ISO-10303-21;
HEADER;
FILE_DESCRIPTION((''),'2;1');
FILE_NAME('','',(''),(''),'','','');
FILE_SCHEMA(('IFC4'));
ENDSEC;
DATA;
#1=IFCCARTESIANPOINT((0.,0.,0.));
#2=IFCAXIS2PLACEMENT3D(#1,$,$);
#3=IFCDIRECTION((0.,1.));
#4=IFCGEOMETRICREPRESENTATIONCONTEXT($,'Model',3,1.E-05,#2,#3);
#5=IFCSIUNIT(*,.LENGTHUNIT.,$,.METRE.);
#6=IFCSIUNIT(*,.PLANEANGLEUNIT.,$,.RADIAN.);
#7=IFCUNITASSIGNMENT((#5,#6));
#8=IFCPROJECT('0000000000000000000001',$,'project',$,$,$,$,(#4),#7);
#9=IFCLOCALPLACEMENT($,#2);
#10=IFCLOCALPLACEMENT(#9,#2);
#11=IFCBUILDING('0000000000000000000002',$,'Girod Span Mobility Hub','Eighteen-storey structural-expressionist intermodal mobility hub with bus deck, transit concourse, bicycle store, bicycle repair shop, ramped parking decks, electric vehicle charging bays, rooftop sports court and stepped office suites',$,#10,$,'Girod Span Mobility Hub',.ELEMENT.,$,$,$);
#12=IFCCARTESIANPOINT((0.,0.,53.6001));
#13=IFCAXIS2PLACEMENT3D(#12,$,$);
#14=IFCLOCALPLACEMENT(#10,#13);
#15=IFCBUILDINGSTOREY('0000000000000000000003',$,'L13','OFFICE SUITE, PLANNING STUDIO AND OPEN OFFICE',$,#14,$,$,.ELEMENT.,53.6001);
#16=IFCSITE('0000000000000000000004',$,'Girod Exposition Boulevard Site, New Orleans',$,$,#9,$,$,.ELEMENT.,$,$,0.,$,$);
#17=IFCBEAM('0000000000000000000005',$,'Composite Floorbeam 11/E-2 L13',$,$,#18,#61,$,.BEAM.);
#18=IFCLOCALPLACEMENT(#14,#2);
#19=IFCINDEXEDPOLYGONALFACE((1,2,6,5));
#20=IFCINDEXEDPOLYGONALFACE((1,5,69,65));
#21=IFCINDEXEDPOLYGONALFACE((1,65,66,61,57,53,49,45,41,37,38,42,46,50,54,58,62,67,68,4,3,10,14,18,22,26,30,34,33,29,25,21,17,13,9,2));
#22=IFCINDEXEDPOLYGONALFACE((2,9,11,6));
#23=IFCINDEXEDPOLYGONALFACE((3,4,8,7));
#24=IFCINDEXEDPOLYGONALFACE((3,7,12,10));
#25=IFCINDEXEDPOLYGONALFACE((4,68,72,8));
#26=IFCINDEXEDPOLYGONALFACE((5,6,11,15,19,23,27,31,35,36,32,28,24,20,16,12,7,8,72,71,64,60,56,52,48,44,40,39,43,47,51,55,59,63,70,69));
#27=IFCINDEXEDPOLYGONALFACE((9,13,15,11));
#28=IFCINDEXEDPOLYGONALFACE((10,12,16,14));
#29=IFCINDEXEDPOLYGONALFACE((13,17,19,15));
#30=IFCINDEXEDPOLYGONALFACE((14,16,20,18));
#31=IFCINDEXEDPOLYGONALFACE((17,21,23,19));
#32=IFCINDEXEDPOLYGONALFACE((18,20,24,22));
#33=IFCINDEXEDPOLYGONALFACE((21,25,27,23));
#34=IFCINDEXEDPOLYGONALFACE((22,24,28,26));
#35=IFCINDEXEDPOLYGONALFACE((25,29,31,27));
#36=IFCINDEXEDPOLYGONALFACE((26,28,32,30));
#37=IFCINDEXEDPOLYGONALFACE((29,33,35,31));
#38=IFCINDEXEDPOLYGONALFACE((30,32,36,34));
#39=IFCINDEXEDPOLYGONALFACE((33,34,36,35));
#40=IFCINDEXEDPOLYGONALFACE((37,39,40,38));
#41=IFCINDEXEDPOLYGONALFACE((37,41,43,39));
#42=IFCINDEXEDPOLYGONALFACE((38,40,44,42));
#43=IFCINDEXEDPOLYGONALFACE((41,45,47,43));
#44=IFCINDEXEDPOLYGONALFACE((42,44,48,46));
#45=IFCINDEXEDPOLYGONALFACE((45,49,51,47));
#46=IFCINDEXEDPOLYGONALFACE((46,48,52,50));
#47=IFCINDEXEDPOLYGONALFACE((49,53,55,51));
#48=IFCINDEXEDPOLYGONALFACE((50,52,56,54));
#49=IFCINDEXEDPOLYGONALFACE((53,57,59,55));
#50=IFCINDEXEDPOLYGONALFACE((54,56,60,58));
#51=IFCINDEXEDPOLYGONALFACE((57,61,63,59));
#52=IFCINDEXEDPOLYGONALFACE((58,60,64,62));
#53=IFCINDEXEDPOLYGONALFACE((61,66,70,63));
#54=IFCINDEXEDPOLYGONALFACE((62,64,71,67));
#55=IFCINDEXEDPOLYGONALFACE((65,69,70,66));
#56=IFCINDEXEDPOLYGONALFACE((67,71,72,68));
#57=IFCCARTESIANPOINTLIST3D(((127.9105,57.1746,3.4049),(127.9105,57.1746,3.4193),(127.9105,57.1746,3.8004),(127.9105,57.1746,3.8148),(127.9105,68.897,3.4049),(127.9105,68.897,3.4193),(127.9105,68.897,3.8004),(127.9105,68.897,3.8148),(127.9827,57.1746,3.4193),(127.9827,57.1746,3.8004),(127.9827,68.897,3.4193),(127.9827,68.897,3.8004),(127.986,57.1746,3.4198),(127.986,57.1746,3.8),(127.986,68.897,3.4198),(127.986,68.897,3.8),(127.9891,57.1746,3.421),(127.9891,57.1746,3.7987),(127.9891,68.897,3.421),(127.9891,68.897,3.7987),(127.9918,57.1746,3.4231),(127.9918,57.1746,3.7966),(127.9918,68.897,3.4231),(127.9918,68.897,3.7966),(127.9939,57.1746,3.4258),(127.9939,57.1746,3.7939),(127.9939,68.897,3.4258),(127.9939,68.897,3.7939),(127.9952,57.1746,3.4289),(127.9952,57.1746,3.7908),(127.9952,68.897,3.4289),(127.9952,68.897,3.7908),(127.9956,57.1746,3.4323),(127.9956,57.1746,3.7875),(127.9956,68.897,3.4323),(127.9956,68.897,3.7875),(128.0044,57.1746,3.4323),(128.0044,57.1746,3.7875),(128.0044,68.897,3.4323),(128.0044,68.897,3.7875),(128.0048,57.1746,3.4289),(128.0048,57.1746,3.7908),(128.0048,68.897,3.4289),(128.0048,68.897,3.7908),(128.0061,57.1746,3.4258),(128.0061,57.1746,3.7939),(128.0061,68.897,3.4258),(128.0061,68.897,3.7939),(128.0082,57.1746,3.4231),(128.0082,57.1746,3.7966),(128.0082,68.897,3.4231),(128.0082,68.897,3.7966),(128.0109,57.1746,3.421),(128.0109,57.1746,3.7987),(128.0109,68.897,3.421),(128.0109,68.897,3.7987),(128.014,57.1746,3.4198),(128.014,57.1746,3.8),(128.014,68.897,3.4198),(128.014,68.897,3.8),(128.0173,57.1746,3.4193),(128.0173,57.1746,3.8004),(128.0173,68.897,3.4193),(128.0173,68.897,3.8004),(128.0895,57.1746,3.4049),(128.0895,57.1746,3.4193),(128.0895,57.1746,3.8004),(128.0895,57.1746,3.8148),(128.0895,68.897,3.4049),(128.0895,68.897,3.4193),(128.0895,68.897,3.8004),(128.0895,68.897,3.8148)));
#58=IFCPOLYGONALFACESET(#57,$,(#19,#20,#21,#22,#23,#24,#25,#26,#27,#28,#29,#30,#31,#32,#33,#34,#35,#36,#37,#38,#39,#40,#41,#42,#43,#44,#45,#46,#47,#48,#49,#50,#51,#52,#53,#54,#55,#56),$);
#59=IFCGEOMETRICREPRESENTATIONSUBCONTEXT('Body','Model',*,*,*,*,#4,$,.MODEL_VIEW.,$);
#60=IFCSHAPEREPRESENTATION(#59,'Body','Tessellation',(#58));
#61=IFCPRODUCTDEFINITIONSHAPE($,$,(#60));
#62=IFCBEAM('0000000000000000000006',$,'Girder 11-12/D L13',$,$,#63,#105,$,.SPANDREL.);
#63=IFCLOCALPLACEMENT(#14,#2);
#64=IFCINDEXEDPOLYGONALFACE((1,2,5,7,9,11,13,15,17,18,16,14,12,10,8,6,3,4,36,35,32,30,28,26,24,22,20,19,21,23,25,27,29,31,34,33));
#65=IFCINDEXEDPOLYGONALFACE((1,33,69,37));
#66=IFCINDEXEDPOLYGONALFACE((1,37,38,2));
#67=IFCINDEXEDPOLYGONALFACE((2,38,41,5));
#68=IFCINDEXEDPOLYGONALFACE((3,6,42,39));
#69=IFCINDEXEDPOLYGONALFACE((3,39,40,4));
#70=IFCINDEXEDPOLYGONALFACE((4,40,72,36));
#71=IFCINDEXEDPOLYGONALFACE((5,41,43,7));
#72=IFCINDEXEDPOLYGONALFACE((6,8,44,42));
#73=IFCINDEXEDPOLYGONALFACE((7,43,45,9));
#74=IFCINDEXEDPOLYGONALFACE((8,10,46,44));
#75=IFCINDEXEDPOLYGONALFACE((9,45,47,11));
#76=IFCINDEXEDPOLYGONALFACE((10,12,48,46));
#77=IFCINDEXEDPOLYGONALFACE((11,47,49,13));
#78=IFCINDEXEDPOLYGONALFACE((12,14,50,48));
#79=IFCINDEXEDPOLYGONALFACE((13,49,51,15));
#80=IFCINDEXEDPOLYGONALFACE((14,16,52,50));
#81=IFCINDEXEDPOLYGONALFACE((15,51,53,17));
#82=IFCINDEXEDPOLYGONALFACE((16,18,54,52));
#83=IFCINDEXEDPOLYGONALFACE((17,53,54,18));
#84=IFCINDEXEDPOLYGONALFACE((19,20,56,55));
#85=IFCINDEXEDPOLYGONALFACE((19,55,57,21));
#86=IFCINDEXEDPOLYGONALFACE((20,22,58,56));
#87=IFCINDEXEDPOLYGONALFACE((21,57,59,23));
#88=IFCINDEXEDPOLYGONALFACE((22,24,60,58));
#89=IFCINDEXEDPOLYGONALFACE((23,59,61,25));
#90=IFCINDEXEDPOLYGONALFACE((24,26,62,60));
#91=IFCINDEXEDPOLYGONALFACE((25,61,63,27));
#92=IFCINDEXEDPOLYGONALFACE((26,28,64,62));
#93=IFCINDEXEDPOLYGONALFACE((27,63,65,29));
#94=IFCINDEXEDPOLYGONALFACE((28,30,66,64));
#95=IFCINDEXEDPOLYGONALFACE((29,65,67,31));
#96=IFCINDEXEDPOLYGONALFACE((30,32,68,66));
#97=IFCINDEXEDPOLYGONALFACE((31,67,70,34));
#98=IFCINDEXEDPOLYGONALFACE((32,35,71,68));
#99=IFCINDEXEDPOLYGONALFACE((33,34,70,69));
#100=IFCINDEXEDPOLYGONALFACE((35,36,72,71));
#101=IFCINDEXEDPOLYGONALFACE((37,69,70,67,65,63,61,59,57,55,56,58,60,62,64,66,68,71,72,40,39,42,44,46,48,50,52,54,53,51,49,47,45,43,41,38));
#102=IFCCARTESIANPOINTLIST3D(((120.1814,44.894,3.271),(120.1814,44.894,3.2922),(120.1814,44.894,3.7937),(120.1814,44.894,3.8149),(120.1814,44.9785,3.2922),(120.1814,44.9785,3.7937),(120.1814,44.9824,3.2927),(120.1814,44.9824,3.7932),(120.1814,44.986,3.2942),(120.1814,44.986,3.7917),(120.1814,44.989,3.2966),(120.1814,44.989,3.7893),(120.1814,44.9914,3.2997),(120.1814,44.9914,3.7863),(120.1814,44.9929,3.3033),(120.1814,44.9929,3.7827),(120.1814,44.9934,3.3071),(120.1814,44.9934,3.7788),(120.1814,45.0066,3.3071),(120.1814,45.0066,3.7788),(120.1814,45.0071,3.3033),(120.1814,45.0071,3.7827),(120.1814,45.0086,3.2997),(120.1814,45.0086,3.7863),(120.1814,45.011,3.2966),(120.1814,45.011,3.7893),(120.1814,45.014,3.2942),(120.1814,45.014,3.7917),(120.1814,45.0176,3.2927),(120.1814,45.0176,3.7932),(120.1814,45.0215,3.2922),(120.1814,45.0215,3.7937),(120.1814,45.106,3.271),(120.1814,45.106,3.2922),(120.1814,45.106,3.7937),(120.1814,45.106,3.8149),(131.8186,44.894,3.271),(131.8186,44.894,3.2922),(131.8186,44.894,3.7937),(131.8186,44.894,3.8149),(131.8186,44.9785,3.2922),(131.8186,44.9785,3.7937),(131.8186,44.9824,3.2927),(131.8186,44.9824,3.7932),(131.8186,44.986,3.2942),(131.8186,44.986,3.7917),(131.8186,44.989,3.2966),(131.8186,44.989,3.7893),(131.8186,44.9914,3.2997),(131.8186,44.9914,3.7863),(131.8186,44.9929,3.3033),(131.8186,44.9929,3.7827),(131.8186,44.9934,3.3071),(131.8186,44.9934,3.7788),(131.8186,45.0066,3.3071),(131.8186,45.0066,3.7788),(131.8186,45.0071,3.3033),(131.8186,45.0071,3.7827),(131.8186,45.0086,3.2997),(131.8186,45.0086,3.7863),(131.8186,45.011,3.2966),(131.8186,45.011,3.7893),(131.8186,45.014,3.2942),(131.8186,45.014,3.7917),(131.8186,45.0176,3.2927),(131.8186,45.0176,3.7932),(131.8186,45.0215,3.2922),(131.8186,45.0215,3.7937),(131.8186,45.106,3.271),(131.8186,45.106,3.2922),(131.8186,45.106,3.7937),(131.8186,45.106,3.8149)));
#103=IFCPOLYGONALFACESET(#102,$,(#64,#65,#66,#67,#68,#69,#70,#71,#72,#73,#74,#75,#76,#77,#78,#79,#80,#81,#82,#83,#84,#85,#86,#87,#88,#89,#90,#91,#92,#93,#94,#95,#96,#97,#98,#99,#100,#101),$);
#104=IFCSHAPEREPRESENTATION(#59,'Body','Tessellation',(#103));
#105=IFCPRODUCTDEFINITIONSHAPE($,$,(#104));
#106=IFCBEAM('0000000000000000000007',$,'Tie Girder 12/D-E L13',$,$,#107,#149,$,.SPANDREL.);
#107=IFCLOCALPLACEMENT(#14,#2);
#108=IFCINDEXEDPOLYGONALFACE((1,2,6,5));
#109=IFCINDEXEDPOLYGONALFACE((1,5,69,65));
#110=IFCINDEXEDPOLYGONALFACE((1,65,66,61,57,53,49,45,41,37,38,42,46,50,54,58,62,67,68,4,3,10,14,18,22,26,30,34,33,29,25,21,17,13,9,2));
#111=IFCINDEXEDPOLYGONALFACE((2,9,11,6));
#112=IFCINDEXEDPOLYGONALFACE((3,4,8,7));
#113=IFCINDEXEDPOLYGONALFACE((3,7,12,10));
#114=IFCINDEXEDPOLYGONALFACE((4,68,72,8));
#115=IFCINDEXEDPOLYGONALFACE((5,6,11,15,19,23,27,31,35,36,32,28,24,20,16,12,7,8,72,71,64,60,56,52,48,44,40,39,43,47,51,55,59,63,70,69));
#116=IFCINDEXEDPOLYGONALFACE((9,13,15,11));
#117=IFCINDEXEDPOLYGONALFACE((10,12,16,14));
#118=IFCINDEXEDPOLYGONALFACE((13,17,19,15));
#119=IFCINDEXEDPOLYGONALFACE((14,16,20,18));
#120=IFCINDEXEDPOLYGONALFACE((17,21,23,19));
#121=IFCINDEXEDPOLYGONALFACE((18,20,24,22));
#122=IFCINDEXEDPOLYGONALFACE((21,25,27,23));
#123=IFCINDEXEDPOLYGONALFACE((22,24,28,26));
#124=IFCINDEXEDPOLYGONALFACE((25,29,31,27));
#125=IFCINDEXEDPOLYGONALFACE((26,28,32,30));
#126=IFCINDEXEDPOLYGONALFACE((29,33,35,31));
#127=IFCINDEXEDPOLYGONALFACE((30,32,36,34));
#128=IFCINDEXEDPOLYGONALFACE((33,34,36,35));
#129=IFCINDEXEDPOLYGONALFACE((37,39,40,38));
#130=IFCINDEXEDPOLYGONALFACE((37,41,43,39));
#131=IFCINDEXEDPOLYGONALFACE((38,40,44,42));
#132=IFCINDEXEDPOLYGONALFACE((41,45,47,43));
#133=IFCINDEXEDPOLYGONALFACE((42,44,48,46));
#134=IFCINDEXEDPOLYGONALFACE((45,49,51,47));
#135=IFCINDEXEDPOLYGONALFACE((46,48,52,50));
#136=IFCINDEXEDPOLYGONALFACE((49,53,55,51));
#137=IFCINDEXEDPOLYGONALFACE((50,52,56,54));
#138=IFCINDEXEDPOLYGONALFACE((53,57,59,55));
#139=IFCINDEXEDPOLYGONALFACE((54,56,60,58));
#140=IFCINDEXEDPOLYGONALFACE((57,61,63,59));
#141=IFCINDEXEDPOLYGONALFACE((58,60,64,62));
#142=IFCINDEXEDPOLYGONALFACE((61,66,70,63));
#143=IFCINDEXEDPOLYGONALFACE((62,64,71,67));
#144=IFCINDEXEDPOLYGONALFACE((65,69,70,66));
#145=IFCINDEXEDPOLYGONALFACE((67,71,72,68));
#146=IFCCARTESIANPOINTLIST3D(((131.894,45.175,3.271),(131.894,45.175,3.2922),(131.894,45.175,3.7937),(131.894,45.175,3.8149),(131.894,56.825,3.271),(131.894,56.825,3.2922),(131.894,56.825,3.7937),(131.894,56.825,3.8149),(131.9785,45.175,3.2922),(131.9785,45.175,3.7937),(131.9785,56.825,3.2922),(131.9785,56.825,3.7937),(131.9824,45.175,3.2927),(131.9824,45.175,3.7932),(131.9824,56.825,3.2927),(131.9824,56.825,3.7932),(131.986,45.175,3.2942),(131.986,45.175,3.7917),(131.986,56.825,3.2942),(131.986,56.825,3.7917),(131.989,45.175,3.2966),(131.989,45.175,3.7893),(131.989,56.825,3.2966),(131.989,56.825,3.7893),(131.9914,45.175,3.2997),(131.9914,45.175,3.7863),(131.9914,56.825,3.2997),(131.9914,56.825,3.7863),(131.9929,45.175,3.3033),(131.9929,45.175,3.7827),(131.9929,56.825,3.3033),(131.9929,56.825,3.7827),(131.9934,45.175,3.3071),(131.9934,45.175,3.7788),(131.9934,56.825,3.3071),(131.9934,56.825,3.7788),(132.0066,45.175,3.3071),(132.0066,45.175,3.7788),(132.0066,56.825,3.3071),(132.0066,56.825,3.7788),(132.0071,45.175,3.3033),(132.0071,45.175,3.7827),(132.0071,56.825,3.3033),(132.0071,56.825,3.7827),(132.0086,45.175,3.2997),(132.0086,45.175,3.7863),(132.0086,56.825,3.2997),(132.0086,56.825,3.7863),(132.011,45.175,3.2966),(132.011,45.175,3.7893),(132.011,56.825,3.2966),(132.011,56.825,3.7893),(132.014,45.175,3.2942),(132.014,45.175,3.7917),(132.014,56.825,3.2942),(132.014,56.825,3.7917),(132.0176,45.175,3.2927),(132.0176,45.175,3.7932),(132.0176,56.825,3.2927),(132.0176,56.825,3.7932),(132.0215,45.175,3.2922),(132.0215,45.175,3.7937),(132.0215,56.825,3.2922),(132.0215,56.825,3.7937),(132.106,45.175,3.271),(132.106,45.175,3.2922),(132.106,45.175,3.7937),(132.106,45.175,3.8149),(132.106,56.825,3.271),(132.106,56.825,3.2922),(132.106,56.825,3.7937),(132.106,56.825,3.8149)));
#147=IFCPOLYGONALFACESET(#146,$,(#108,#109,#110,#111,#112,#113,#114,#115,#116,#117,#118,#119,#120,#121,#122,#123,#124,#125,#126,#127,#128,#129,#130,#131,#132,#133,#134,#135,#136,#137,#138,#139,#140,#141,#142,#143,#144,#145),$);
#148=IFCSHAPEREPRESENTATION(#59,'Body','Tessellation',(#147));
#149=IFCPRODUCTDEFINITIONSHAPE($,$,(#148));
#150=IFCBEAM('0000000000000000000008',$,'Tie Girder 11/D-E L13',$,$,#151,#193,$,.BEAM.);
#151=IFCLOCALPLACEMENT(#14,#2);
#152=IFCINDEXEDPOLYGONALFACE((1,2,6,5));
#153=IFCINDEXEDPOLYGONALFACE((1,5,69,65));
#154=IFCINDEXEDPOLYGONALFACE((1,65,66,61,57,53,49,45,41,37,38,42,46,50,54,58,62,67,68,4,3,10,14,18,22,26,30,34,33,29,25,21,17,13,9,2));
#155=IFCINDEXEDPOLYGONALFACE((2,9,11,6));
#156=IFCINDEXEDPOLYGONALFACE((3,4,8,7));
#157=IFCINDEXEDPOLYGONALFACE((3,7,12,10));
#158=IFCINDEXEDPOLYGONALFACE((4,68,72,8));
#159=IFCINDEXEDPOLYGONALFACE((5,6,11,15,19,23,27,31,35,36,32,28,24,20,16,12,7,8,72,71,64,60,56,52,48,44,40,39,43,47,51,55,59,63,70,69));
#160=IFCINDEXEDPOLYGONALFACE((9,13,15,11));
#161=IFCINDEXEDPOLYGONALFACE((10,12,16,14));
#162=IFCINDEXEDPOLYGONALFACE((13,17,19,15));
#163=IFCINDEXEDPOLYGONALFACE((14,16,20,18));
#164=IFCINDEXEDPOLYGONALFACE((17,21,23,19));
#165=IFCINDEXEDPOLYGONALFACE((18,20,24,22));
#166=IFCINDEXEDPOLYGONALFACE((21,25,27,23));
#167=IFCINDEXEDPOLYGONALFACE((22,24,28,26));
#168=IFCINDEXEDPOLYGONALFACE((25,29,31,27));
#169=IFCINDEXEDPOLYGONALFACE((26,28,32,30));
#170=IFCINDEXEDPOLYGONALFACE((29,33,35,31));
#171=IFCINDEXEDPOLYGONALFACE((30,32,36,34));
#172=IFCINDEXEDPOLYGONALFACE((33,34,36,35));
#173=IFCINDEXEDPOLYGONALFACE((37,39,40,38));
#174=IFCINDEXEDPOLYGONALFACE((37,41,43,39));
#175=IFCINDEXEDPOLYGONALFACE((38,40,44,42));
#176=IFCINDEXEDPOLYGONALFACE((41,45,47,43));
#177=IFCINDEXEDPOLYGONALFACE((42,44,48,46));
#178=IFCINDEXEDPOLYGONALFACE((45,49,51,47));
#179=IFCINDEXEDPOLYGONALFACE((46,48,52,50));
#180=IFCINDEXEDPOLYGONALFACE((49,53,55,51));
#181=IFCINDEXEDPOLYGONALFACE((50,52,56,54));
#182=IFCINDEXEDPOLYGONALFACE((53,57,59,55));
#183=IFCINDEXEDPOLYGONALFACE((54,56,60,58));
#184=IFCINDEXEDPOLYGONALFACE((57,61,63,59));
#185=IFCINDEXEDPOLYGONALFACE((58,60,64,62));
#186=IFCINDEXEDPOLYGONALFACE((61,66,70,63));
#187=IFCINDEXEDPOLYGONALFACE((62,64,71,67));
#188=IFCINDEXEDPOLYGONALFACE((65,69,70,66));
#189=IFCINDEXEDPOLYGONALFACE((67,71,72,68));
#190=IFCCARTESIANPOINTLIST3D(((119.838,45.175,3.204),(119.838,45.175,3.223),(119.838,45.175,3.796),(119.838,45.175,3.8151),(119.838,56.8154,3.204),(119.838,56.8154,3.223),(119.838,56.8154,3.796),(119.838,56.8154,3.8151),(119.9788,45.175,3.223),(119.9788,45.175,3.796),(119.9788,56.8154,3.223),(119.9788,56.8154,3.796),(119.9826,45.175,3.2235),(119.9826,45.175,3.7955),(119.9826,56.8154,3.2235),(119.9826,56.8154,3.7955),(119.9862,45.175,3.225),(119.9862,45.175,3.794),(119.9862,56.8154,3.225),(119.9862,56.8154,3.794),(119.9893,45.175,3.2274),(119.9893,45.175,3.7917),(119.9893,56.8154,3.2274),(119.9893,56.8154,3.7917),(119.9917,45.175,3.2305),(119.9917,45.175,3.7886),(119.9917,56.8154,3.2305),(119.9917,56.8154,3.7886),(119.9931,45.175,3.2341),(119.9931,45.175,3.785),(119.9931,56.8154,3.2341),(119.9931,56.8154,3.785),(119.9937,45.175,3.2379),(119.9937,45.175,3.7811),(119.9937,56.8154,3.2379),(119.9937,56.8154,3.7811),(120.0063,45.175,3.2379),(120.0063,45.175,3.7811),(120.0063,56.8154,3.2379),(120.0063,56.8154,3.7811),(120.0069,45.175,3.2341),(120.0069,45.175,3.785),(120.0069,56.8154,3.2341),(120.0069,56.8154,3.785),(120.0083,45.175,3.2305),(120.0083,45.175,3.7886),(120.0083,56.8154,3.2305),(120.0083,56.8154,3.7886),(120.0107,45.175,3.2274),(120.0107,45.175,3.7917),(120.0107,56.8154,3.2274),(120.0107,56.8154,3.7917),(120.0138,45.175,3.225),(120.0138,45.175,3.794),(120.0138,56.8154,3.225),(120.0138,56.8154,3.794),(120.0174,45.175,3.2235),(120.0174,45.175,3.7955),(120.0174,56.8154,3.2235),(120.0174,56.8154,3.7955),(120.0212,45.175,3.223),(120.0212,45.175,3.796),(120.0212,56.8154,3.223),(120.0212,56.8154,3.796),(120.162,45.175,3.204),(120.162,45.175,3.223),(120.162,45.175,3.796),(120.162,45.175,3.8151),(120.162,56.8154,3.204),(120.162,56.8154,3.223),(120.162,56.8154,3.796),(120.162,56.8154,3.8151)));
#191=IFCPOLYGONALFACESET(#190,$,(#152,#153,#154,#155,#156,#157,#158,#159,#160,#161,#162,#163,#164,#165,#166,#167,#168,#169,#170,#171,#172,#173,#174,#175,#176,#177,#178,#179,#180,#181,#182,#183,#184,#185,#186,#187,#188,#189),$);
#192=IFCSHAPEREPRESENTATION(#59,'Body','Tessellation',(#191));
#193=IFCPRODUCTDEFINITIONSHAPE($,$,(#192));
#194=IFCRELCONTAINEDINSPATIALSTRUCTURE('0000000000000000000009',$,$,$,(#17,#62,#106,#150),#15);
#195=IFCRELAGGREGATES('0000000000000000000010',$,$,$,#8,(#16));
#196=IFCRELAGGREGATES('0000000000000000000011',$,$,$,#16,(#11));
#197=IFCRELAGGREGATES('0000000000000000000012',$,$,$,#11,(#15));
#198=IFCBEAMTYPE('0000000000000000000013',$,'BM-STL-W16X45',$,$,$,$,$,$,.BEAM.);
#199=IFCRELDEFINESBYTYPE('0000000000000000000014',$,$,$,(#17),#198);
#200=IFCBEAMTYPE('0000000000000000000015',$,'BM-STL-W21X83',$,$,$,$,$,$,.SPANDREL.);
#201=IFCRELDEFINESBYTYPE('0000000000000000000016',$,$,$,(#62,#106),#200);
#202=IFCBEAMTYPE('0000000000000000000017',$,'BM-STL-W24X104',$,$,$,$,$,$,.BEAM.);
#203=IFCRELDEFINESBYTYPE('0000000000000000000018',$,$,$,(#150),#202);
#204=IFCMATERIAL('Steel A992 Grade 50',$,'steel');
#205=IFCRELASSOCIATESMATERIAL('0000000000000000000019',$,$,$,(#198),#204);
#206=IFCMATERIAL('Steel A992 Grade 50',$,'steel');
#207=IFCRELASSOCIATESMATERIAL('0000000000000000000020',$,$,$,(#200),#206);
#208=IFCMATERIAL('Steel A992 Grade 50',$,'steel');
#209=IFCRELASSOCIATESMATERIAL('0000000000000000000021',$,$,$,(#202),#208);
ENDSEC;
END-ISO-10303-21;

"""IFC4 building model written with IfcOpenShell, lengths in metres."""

from ifc_helpers import new_model, si_unit, direction, frame, origin, origin_2d, place, context, subcontext, project, spatial, i_section, extrude, material, material_profile, profile_set, type_object, element, save


model = new_model("IFC4")

# Units and contexts
model_context = context("Model", 3, precision=1e-05, world=origin(), true_north=direction((0.0, 1.0)))
body_context = subcontext(model_context, "Body", "Model", "MODEL_VIEW")
ifc_project = project(units=[si_unit("LENGTHUNIT", "METRE"), si_unit("PLANEANGLEUNIT", "RADIAN")], contexts=[model_context])

# Site, building, storey
site_placement = place(None, origin())
site = spatial("IfcSite", under=ifc_project, at=site_placement, Name="Girod Exposition Boulevard Site, New Orleans", CompositionType="ELEMENT", RefElevation=0.0)
building_placement = place(site_placement, origin())
building = spatial("IfcBuilding", under=site, at=building_placement, Name="Girod Span Mobility Hub", Description="Eighteen-storey structural-expressionist intermodal mobility hub with bus deck, transit concourse, bicycle store, bicycle repair shop, ramped parking decks, electric vehicle charging bays, rooftop sports court and stepped office suites", LongName="Girod Span Mobility Hub", CompositionType="ELEMENT")
storey_placement = place(building_placement, frame((0.0, 0.0, 53.6001)))
storey = spatial("IfcBuildingStorey", under=building, at=storey_placement, Name="L13", Description="OFFICE SUITE, PLANNING STUDIO AND OPEN OFFICE", CompositionType="ELEMENT", Elevation=53.6001)

# Beams
ifc_material_1 = material(Name="Steel A992 Grade 50", Category="steel")
ifc_material_profile_1 = material_profile(ifc_material_1, i_section(OverallWidth=0.179, OverallDepth=0.4099, WebThickness=0.0088, FlangeThickness=0.0144, FilletRadius=0.0129, at=origin_2d()), Name="W16X45")
ifc_profile_set_1 = profile_set([ifc_material_profile_1], Name="Steel A992 Grade 50")
beam_type_1 = type_object("IfcBeamType", Name="BM-STL-W16X45", PredefinedType="BEAM", material=ifc_profile_set_1)
for number, where, z_axis, x_axis, name in (
    (1, (128.0, 57.1746, 3.6099), (0.0, 1.0, 0.0), (-1.0, 0.0, 0.0), "Composite Floorbeam 11/E-2 L13"),
):
    element("IfcBeam", number, at=place(storey_placement, frame(where, z_axis=z_axis, x_axis=x_axis)), inside=storey, type_object=beam_type_1, Name=name, PredefinedType="BEAM", context=body_context, shape_type="SweptSolid", body=[
        extrude(i_section(OverallWidth=0.179, OverallDepth=0.4099, WebThickness=0.0088, FlangeThickness=0.0144, FilletRadius=0.0129, at=origin_2d()), origin(), (0.0, 0.0, 1.0), 11.7224),
    ])
ifc_material_2 = material(Name="Steel A992 Grade 50", Category="steel")
ifc_material_profile_2 = material_profile(ifc_material_2, i_section(OverallWidth=0.2119, OverallDepth=0.5439, WebThickness=0.0132, FlangeThickness=0.0212, FilletRadius=0.0149, at=origin_2d()), Name="W21X83")
ifc_profile_set_2 = profile_set([ifc_material_profile_2], Name="Steel A992 Grade 50")
beam_type_2 = type_object("IfcBeamType", Name="BM-STL-W21X83", PredefinedType="SPANDREL", material=ifc_profile_set_2)
beam_1_placement = place(storey_placement, frame((120.1814, 45.0, 3.543), z_axis=(1.0, 0.0, 0.0), x_axis=(0.0, 1.0, 0.0)))
element("IfcBeam", 2, at=beam_1_placement, inside=storey, type_object=beam_type_2, Name="Girder 11-12/D L13", PredefinedType="SPANDREL", context=body_context, shape_type="SweptSolid", body=[
    extrude(i_section(OverallWidth=0.2119, OverallDepth=0.5439, WebThickness=0.0132, FlangeThickness=0.0212, FilletRadius=0.0149, at=origin_2d()), origin(), (0.0, 0.0, 1.0), 11.6372),
])
beam_2_placement = place(storey_placement, frame((132.0, 45.175, 3.543), z_axis=(0.0, 1.0, 0.0), x_axis=(-1.0, 0.0, 0.0)))
element("IfcBeam", 3, at=beam_2_placement, inside=storey, type_object=beam_type_2, Name="Tie Girder 12/D-E L13", PredefinedType="SPANDREL", context=body_context, shape_type="SweptSolid", body=[
    extrude(i_section(OverallWidth=0.2119, OverallDepth=0.5439, WebThickness=0.0132, FlangeThickness=0.0212, FilletRadius=0.0149, at=origin_2d()), origin(), (0.0, 0.0, 1.0), 11.6499),
])
ifc_material_3 = material(Name="Steel A992 Grade 50", Category="steel")
ifc_material_profile_3 = material_profile(ifc_material_3, i_section(OverallWidth=0.324, OverallDepth=0.6111, WebThickness=0.0127, FlangeThickness=0.019, FilletRadius=0.0149, at=origin_2d()), Name="W24X104")
ifc_profile_set_3 = profile_set([ifc_material_profile_3], Name="Steel A992 Grade 50")
beam_type_3 = type_object("IfcBeamType", Name="BM-STL-W24X104", PredefinedType="BEAM", material=ifc_profile_set_3)
beam_3_placement = place(storey_placement, frame((120.0, 45.175, 3.5095), z_axis=(0.0, 1.0, 0.0), x_axis=(-1.0, 0.0, 0.0)))
element("IfcBeam", 4, at=beam_3_placement, inside=storey, type_object=beam_type_3, Name="Tie Girder 11/D-E L13", PredefinedType="BEAM", context=body_context, shape_type="SweptSolid", body=[
    extrude(i_section(OverallWidth=0.324, OverallDepth=0.6111, WebThickness=0.0127, FlangeThickness=0.019, FilletRadius=0.0149, at=origin_2d()), origin(), (0.0, 0.0, 1.0), 11.6404),
])

save(model, "model.ifc")
